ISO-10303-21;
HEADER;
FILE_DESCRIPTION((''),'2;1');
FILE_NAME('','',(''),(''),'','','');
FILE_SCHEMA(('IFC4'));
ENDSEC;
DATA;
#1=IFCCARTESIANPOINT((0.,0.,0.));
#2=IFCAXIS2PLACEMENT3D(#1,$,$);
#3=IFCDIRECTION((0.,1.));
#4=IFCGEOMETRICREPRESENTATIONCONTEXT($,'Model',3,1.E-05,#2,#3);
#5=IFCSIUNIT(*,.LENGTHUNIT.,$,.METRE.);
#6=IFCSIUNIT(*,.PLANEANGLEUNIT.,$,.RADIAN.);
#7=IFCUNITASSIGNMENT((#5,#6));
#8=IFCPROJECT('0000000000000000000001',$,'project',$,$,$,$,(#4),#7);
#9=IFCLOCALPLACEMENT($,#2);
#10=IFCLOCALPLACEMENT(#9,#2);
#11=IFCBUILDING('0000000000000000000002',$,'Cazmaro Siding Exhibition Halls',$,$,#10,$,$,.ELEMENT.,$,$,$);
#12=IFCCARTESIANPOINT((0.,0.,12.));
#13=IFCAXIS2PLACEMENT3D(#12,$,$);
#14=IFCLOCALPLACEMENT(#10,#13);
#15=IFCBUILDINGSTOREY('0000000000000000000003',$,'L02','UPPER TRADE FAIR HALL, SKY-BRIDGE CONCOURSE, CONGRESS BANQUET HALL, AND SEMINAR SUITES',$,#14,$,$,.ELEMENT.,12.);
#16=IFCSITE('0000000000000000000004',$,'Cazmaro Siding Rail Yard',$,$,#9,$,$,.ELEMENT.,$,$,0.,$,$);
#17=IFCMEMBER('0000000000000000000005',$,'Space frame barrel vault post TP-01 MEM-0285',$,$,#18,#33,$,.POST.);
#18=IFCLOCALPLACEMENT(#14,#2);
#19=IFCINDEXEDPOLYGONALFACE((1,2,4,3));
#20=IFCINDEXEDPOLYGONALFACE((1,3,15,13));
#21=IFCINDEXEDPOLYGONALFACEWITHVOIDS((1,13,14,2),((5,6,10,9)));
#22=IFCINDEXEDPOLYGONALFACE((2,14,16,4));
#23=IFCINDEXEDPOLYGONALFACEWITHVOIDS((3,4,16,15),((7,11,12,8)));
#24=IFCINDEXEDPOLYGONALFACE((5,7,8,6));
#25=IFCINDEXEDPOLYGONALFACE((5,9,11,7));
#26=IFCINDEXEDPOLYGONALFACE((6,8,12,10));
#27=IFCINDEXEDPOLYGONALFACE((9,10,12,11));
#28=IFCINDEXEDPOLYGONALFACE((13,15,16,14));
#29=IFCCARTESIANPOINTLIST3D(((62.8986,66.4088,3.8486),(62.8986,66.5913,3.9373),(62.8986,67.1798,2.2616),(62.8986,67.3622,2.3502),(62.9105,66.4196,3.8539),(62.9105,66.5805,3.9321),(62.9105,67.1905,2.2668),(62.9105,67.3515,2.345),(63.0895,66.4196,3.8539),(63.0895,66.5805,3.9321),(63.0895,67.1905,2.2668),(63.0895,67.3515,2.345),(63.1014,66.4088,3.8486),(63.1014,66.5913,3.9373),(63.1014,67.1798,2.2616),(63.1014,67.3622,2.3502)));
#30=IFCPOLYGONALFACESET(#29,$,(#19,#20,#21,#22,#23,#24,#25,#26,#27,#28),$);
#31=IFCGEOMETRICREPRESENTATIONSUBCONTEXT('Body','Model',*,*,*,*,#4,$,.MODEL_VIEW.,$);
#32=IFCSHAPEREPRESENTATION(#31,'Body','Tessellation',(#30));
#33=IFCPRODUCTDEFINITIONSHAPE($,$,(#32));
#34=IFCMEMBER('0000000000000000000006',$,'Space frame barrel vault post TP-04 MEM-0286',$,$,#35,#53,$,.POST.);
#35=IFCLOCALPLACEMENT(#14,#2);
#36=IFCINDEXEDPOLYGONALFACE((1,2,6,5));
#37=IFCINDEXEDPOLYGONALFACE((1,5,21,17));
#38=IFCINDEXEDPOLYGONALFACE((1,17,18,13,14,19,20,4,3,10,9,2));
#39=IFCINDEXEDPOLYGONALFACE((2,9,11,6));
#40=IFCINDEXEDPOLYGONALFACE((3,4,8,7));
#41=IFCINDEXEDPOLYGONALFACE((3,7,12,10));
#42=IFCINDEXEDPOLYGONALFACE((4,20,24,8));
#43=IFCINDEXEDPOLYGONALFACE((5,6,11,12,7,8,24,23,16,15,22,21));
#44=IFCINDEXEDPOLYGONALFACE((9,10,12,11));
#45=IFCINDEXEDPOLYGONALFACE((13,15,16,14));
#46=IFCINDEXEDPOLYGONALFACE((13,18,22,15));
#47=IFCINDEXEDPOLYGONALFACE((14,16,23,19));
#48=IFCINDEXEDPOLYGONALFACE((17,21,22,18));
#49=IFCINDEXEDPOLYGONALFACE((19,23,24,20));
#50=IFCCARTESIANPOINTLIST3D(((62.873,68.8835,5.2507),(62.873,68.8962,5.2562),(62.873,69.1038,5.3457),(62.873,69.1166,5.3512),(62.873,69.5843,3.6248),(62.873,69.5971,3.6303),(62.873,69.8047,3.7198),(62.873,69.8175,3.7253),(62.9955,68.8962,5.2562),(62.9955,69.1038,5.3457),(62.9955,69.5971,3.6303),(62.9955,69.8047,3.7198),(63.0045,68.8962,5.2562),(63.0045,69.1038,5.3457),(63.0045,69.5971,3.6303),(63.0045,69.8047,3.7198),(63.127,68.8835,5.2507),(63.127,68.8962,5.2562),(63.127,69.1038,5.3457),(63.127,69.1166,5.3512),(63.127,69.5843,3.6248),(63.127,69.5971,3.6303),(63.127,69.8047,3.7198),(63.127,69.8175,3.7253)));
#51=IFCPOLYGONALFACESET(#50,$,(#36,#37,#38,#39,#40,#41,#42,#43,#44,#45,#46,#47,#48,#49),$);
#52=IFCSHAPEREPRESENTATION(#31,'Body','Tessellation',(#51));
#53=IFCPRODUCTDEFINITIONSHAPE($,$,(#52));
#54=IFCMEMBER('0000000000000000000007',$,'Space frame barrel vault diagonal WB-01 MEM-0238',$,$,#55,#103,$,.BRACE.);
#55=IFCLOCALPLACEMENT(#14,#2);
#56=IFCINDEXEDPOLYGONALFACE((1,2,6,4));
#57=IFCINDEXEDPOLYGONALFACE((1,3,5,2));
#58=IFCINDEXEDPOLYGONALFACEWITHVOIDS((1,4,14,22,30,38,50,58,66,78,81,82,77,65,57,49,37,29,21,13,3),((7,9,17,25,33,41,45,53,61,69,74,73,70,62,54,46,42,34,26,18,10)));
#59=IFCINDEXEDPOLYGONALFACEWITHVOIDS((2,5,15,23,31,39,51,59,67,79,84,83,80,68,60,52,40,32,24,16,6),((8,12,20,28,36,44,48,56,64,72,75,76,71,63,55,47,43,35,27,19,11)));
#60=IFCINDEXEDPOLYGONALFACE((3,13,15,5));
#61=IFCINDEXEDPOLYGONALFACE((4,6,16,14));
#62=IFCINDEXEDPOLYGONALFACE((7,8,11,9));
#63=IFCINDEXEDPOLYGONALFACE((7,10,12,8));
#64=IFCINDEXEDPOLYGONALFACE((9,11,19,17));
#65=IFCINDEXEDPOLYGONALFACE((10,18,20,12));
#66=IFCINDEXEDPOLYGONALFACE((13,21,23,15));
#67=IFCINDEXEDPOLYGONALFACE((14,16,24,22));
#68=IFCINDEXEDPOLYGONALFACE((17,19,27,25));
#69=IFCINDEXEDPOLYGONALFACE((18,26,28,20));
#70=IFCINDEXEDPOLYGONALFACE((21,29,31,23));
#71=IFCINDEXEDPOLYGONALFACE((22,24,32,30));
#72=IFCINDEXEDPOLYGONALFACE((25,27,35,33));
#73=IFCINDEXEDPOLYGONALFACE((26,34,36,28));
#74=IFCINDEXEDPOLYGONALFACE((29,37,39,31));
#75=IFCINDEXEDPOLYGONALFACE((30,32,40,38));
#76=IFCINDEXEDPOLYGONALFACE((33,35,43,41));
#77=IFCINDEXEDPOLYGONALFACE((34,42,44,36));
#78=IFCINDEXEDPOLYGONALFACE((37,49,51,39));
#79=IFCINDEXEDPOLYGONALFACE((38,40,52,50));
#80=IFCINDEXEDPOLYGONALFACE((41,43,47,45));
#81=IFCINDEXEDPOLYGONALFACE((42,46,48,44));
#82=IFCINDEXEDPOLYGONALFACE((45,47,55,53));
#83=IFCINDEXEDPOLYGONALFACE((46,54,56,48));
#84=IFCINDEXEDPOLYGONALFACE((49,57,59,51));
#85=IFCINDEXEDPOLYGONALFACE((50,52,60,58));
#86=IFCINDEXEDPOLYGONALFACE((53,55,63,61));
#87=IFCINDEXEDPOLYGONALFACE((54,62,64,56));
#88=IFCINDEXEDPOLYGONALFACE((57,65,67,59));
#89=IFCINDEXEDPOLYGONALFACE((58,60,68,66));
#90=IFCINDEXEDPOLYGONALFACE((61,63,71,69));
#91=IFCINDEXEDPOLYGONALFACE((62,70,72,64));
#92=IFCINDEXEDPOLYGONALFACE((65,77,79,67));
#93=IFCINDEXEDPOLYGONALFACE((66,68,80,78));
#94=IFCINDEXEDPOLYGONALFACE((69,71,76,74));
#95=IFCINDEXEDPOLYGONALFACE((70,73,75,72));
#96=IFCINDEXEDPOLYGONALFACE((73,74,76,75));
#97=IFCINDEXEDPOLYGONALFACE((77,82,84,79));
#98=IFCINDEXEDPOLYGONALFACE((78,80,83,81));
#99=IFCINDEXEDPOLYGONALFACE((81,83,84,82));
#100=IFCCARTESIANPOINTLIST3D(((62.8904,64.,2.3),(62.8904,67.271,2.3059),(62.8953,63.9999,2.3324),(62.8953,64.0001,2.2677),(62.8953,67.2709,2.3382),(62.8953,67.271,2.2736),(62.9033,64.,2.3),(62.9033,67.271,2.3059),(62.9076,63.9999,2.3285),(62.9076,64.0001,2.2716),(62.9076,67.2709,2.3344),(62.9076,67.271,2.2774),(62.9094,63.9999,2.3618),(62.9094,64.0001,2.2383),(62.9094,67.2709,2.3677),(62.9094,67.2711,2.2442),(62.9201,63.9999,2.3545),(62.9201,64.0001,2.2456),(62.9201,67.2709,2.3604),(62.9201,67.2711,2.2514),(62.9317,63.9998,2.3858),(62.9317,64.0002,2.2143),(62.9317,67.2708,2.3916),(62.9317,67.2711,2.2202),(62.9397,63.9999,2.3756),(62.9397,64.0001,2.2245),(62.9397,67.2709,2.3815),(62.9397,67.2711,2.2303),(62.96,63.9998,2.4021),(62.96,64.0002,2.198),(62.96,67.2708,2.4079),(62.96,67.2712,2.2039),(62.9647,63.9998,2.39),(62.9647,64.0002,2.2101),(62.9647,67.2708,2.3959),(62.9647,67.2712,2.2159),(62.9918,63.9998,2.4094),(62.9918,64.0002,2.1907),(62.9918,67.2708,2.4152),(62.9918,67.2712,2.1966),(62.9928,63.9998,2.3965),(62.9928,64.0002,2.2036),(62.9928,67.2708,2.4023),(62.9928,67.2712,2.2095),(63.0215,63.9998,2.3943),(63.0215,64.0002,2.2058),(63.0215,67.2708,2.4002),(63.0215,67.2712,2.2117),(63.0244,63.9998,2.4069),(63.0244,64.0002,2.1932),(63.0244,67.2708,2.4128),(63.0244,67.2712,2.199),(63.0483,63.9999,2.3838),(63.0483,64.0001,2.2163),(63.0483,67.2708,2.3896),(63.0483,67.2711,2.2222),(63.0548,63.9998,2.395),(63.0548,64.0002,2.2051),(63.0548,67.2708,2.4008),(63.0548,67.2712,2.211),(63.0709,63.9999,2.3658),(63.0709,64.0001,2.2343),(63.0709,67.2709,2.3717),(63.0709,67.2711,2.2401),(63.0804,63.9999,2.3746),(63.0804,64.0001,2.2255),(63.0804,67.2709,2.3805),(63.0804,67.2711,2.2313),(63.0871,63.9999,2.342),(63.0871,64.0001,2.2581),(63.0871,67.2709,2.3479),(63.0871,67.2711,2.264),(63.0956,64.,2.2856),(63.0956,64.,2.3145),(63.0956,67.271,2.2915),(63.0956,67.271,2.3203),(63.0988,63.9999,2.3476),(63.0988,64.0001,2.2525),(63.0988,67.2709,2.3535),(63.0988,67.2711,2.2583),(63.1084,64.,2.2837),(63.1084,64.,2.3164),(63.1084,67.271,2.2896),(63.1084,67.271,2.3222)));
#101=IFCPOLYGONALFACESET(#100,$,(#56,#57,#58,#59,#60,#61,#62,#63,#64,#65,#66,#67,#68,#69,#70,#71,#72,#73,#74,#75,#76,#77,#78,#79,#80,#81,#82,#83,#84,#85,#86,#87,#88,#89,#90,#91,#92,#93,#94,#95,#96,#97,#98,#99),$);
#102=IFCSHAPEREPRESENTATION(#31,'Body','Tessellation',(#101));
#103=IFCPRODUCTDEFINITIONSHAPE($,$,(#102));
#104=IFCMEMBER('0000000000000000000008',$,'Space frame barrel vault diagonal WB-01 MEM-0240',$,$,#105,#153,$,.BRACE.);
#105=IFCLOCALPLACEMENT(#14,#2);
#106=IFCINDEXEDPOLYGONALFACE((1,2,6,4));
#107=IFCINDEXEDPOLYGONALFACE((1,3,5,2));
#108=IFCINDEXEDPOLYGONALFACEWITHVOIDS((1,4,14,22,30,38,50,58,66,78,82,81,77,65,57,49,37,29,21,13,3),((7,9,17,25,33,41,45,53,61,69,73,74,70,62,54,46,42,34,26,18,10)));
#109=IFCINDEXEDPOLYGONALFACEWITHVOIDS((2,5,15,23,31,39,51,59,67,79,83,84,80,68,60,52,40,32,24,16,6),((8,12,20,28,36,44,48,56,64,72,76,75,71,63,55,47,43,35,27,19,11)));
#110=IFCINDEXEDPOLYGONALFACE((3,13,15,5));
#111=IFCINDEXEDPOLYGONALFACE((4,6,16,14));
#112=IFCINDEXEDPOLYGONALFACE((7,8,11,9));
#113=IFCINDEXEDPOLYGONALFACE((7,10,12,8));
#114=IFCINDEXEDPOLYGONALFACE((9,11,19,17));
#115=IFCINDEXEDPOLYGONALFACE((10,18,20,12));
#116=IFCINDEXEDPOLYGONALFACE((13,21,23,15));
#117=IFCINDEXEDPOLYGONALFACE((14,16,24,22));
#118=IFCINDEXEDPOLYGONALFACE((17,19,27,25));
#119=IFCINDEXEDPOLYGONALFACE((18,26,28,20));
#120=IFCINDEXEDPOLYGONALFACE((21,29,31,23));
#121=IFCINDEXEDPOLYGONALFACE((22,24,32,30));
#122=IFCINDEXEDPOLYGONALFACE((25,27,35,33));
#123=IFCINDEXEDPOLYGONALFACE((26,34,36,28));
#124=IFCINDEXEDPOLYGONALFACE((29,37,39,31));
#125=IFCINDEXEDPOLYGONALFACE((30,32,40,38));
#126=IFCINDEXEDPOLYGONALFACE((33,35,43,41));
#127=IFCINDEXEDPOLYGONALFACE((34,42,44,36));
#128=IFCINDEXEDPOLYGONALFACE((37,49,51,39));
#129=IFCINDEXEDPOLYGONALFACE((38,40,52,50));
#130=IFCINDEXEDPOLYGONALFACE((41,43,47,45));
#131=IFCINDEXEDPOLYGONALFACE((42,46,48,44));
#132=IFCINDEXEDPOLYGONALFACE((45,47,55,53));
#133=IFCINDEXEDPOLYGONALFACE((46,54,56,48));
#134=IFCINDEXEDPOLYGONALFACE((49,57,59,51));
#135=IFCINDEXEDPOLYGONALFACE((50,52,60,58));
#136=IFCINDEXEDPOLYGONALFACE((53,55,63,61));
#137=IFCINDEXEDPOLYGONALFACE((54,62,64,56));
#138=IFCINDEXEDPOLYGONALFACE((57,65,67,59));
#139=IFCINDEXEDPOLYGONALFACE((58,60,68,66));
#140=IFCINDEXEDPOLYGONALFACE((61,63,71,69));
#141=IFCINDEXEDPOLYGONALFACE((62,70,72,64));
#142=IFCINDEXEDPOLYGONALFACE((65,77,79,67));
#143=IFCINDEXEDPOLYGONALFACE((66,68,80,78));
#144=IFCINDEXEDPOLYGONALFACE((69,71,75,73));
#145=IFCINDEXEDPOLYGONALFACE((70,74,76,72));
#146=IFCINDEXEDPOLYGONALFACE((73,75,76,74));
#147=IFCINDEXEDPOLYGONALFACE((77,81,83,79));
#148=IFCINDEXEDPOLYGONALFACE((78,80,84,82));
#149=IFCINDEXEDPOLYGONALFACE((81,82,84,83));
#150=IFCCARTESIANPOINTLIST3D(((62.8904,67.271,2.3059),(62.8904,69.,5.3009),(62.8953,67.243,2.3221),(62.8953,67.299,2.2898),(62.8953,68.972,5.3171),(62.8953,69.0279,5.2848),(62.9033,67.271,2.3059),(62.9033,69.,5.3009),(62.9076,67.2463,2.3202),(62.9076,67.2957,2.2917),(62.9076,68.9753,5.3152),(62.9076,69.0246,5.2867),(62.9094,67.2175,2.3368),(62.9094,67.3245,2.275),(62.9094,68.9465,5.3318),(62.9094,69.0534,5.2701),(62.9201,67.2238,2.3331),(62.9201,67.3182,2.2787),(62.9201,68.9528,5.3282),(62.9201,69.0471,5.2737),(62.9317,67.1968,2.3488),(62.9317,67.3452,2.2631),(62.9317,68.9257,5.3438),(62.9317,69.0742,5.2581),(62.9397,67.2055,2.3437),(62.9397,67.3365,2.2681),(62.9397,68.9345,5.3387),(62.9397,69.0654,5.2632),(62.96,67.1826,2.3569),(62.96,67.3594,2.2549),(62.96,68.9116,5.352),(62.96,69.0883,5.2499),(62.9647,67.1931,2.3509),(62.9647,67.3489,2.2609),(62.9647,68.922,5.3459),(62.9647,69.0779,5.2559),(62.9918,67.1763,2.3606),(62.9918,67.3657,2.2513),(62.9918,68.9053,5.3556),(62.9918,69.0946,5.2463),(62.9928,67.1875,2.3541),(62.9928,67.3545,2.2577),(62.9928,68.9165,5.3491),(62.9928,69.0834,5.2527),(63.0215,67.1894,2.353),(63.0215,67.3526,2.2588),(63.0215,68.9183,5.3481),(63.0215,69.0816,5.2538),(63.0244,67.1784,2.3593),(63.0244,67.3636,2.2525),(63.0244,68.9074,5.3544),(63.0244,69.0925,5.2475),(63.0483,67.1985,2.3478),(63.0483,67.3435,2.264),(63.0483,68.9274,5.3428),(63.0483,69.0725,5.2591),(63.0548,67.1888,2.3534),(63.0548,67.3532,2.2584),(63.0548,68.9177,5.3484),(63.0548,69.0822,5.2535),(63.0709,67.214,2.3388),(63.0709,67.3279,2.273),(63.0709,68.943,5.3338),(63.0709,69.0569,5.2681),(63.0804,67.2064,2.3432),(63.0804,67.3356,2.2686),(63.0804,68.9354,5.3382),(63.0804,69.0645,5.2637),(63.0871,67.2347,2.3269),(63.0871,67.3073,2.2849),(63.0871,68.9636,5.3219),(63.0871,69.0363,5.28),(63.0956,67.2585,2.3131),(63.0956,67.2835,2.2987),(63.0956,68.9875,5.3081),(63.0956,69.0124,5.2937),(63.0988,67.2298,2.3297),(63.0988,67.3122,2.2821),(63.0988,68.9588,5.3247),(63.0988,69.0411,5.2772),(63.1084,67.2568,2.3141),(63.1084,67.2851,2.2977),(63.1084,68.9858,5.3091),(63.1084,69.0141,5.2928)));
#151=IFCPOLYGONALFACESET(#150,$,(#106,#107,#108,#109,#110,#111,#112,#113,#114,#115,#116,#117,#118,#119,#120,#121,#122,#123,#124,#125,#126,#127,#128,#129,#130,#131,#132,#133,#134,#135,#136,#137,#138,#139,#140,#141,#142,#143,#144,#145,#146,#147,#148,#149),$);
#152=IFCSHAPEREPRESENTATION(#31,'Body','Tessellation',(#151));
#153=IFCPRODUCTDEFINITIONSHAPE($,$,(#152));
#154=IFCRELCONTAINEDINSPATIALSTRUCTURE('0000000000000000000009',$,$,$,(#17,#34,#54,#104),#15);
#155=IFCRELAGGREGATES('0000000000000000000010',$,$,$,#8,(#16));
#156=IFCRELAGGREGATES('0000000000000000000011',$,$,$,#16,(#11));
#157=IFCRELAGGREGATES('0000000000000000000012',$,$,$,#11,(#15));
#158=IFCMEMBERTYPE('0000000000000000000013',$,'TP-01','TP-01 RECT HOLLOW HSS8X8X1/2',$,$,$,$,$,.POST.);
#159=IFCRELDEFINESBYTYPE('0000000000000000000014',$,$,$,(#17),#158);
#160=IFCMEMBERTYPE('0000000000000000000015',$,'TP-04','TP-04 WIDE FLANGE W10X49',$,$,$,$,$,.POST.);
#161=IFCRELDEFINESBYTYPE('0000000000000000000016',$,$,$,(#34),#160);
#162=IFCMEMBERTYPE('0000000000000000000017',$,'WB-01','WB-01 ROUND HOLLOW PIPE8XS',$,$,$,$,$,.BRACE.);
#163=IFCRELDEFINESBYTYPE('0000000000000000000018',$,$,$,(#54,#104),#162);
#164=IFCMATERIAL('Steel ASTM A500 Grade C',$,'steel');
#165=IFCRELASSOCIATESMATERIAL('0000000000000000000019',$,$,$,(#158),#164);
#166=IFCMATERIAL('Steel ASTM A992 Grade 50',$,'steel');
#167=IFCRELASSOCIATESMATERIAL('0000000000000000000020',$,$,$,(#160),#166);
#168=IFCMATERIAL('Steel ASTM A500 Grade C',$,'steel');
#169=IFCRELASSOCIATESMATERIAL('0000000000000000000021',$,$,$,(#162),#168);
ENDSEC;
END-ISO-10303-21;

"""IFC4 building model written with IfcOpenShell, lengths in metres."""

from ifc_helpers import new_model, si_unit, direction, frame, origin, origin_2d, place, context, subcontext, project, spatial, hollow_rectangle, hollow_circle, i_section, extrude, material, material_profile, profile_set, type_object, element, save


model = new_model("IFC4")

# Units and contexts
model_context = context("Model", 3, precision=1e-05, world=origin(), true_north=direction((0.0, 1.0)))
body_context = subcontext(model_context, "Body", "Model", "MODEL_VIEW")
ifc_project = project(units=[si_unit("LENGTHUNIT", "METRE"), si_unit("PLANEANGLEUNIT", "RADIAN")], contexts=[model_context])

# Site, building, storey
site_placement = place(None, origin())
site = spatial("IfcSite", under=ifc_project, at=site_placement, Name="Cazmaro Siding Rail Yard", CompositionType="ELEMENT", RefElevation=0.0)
building_placement = place(site_placement, origin())
building = spatial("IfcBuilding", under=site, at=building_placement, Name="Cazmaro Siding Exhibition Halls", CompositionType="ELEMENT")
storey_placement = place(building_placement, frame((0.0, 0.0, 12.0)))
storey = spatial("IfcBuildingStorey", under=building, at=storey_placement, Name="L02", Description="UPPER TRADE FAIR HALL, SKY-BRIDGE CONCOURSE, CONGRESS BANQUET HALL, AND SEMINAR SUITES", CompositionType="ELEMENT", Elevation=12.0)

# Members
ifc_material_1 = material(Name="Steel ASTM A500 Grade C", Category="steel")
ifc_material_profile_1 = material_profile(ifc_material_1, hollow_rectangle(XDim=0.2029, YDim=0.2029, WallThickness=0.012, at=origin_2d()), Name="HSS8X8X1/2")
ifc_profile_set_1 = profile_set([ifc_material_profile_1], Name="Steel ASTM A500 Grade C")
member_type_1 = type_object("IfcMemberType", Name="TP-01", Description="TP-01 RECT HOLLOW HSS8X8X1/2", PredefinedType="POST", material=ifc_profile_set_1)
member_1_placement = place(storey_placement, frame((63.0, 67.271, 2.3059), z_axis=(0.0, -0.436946, 0.899488), x_axis=(1.0, 0.0, 0.0)))
element("IfcMember", 1, at=member_1_placement, inside=storey, type_object=member_type_1, Name="Space frame barrel vault post TP-01 MEM-0285", PredefinedType="POST", context=body_context, shape_type="SweptSolid", body=[
    extrude(hollow_rectangle(XDim=0.2029, YDim=0.2029, WallThickness=0.012, at=origin_2d()), origin(), (0.0, 0.0, 1.0), 1.7644),
])
ifc_material_2 = material(Name="Steel ASTM A992 Grade 50", Category="steel")
ifc_material_profile_2 = material_profile(ifc_material_2, i_section(OverallWidth=0.2539, OverallDepth=0.2539, WebThickness=0.009, FlangeThickness=0.0139, at=origin_2d()), Name="W10X49")
ifc_profile_set_2 = profile_set([ifc_material_profile_2], Name="Steel ASTM A992 Grade 50")
member_type_2 = type_object("IfcMemberType", Name="TP-04", Description="TP-04 WIDE FLANGE W10X49", PredefinedType="POST", material=ifc_profile_set_2)
member_2_placement = place(storey_placement, frame((63.0, 69.7009, 3.675), z_axis=(0.0, -0.395865, 0.918309), x_axis=(1.0, 0.0, 0.0)))
element("IfcMember", 2, at=member_2_placement, inside=storey, type_object=member_type_2, Name="Space frame barrel vault post TP-04 MEM-0286", PredefinedType="POST", context=body_context, shape_type="SweptSolid", body=[
    extrude(i_section(OverallWidth=0.2539, OverallDepth=0.2539, WebThickness=0.009, FlangeThickness=0.0139, at=origin_2d()), origin(), (0.0, 0.0, 1.0), 1.7705),
])
ifc_material_3 = material(Name="Steel ASTM A500 Grade C", Category="steel")
ifc_material_profile_3 = material_profile(ifc_material_3, hollow_circle(Radius=0.1096, WallThickness=0.0129, at=origin_2d()), Name="PIPE8XS")
ifc_profile_set_3 = profile_set([ifc_material_profile_3], Name="Steel ASTM A500 Grade C")
member_type_3 = type_object("IfcMemberType", Name="WB-01", Description="WB-01 ROUND HOLLOW PIPE8XS", PredefinedType="BRACE", material=ifc_profile_set_3)
member_3_placement = place(storey_placement, frame((63.0, 64.0, 2.3), z_axis=(0.0, 0.999998, 0.001791), x_axis=(-1.0, 0.0, 0.0)))
element("IfcMember", 3, at=member_3_placement, inside=storey, type_object=member_type_3, Name="Space frame barrel vault diagonal WB-01 MEM-0238", PredefinedType="BRACE", context=body_context, shape_type="SweptSolid", body=[
    extrude(hollow_circle(Radius=0.1096, WallThickness=0.0129, at=origin_2d()), origin(), (0.0, 0.0, 1.0), 3.271),
])
member_4_placement = place(storey_placement, frame((63.0, 67.271, 2.3059), z_axis=(0.0, 0.499951, 0.866054), x_axis=(-1.0, 0.0, 0.0)))
element("IfcMember", 4, at=member_4_placement, inside=storey, type_object=member_type_3, Name="Space frame barrel vault diagonal WB-01 MEM-0240", PredefinedType="BRACE", context=body_context, shape_type="SweptSolid", body=[
    extrude(hollow_circle(Radius=0.1096, WallThickness=0.0129, at=origin_2d()), origin(), (0.0, 0.0, 1.0), 3.4583),
])

save(model, "model.ifc")
